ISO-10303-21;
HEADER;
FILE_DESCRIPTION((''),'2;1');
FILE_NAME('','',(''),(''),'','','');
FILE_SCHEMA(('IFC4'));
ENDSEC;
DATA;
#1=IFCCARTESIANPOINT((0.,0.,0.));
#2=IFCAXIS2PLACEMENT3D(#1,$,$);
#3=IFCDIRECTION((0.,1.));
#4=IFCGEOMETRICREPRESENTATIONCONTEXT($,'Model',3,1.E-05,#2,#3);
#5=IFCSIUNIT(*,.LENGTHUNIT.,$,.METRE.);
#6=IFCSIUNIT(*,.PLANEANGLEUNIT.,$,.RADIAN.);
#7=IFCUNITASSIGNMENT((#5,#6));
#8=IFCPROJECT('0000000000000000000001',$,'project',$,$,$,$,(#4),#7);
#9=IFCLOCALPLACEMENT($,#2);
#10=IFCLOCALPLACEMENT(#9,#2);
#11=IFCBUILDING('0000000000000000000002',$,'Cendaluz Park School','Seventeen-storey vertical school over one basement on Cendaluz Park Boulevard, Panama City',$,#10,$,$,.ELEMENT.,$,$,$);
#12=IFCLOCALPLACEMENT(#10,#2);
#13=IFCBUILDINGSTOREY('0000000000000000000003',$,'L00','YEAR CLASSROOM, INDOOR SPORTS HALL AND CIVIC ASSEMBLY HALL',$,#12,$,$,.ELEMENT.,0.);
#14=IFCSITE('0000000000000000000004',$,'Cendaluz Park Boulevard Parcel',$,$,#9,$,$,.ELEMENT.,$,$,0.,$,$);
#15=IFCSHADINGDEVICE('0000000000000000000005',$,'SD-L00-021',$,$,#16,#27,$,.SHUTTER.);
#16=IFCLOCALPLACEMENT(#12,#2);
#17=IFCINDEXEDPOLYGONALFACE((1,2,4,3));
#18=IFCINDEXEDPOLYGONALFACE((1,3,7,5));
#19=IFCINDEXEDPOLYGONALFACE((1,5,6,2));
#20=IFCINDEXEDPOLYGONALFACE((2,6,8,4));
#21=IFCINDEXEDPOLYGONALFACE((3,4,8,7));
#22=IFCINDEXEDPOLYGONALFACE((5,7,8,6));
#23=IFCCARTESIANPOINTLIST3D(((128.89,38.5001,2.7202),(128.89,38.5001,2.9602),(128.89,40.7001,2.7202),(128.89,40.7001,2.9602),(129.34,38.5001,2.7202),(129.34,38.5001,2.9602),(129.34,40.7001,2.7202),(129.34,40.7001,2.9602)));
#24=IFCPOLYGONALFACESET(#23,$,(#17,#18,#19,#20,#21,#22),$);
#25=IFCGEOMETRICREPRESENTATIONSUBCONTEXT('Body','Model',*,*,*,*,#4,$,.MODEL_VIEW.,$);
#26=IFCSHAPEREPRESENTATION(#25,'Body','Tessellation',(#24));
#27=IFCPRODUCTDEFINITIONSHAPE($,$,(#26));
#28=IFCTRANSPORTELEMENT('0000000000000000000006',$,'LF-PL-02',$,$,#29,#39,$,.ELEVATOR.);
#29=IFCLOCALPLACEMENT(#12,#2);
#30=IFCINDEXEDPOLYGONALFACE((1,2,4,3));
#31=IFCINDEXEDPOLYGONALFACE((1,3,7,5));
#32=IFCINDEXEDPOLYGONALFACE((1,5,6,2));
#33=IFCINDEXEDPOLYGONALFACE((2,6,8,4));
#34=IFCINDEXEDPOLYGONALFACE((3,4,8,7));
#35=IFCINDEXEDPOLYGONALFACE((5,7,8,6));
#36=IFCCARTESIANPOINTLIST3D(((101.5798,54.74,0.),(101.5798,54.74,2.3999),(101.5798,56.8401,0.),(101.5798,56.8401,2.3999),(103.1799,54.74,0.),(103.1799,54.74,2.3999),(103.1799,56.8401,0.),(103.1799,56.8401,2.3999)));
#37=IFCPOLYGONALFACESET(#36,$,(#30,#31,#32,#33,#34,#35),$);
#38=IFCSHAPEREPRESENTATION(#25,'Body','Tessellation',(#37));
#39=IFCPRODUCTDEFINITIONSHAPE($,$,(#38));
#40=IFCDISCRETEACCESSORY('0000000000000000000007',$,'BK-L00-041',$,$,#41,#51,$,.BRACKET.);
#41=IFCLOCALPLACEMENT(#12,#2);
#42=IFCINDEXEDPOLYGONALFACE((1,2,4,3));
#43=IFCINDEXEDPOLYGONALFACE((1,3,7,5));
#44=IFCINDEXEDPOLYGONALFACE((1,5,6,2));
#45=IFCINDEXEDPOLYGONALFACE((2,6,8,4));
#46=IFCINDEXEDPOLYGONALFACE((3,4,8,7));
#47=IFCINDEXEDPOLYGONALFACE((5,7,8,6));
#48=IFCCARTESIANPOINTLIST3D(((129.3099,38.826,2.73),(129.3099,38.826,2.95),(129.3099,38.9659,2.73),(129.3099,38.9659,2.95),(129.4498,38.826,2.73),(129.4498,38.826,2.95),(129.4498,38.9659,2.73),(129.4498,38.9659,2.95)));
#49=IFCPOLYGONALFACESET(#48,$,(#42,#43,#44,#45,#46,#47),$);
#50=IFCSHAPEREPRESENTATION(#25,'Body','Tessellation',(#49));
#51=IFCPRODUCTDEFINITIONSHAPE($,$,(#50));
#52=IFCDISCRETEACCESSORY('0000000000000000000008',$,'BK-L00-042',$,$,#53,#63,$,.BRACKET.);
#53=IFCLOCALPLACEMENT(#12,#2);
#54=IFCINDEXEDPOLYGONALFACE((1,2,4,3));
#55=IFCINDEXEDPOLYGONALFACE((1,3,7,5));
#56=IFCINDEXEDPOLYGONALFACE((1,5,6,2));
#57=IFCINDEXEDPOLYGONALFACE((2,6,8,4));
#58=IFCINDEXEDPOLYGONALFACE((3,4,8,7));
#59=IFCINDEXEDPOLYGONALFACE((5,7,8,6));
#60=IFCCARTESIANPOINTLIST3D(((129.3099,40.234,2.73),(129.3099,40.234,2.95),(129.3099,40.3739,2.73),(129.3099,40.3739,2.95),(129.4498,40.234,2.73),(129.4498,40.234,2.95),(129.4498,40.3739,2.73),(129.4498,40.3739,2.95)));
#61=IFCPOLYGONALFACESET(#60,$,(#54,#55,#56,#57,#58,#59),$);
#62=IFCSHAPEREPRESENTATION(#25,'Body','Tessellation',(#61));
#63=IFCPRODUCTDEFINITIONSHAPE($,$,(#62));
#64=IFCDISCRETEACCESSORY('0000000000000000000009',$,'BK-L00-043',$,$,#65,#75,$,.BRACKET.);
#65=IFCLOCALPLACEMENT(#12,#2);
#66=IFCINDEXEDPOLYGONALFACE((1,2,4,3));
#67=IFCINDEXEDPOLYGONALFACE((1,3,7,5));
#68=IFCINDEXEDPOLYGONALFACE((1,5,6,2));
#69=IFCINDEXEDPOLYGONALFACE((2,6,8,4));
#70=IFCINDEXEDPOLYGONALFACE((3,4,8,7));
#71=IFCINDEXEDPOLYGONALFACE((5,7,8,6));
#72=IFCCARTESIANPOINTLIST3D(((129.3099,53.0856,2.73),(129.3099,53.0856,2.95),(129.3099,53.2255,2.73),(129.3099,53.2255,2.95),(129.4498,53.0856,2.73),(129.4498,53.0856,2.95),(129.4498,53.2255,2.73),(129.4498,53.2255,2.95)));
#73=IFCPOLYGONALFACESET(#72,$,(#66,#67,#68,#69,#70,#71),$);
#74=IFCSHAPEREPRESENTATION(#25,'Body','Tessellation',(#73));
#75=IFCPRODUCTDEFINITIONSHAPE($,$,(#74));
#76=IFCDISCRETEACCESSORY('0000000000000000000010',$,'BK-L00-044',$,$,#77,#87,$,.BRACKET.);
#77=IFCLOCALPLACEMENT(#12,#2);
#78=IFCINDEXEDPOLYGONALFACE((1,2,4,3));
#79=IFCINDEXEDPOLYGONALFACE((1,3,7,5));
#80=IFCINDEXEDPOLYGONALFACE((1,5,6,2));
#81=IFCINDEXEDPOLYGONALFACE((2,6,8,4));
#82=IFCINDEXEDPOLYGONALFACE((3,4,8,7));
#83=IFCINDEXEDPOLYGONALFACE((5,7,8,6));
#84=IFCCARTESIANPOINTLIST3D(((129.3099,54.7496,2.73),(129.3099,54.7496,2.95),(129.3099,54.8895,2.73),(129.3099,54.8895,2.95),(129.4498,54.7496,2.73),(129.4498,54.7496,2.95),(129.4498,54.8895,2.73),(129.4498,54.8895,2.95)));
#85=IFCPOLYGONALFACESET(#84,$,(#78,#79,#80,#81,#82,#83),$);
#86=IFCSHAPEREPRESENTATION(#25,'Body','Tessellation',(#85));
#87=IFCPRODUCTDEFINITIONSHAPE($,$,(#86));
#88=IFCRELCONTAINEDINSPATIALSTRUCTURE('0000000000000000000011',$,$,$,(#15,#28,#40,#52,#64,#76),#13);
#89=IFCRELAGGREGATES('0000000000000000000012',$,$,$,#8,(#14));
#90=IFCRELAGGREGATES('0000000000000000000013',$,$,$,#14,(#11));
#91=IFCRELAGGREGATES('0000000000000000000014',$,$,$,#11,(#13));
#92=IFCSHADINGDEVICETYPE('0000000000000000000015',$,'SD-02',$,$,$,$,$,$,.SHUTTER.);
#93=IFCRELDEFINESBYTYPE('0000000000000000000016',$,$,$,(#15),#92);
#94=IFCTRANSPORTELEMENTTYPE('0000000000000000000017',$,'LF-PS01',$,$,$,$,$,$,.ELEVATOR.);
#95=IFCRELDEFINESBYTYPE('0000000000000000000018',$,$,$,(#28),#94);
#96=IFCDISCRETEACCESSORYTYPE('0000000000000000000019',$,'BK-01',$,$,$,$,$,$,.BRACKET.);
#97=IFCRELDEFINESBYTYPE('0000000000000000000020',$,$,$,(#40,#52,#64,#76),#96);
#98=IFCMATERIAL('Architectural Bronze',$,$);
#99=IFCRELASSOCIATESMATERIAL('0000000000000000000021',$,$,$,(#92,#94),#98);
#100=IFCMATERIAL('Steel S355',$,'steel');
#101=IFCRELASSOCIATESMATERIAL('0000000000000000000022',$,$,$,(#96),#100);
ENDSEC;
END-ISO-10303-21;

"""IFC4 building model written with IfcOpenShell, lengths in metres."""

from ifc_helpers import new_model, si_unit, direction, frame, origin, origin_2d, place, context, subcontext, project, spatial, rectangle, extrude, material, type_object, element, save


model = new_model("IFC4")

# Units and contexts
model_context = context("Model", 3, precision=1e-05, world=origin(), true_north=direction((0.0, 1.0)))
body_context = subcontext(model_context, "Body", "Model", "MODEL_VIEW")
ifc_project = project(units=[si_unit("LENGTHUNIT", "METRE"), si_unit("PLANEANGLEUNIT", "RADIAN")], contexts=[model_context])

# Site, building, storey
site_placement = place(None, origin())
site = spatial("IfcSite", under=ifc_project, at=site_placement, Name="Cendaluz Park Boulevard Parcel", CompositionType="ELEMENT", RefElevation=0.0)
building_placement = place(site_placement, origin())
building = spatial("IfcBuilding", under=site, at=building_placement, Name="Cendaluz Park School", Description="Seventeen-storey vertical school over one basement on Cendaluz Park Boulevard, Panama City", CompositionType="ELEMENT")
storey_placement = place(building_placement, origin())
storey = spatial("IfcBuildingStorey", under=building, at=storey_placement, Name="L00", Description="YEAR CLASSROOM, INDOOR SPORTS HALL AND CIVIC ASSEMBLY HALL", CompositionType="ELEMENT", Elevation=0.0)

# Shared definitions
ifc_material_1 = material(Name="Architectural Bronze")

# Shading device
shading_device_type_1 = type_object("IfcShadingDeviceType", Name="SD-02", PredefinedType="SHUTTER", material=ifc_material_1)
shading_device_1_placement = place(storey_placement, frame((129.115, 39.6001, 2.7202), z_axis=(0.0, 0.0, 1.0), x_axis=(0.0, 1.0, 0.0)))
element("IfcShadingDevice", 1, at=shading_device_1_placement, inside=storey, type_object=shading_device_type_1, Name="SD-L00-021", PredefinedType="SHUTTER", context=body_context, shape_type="SweptSolid", body=[
    extrude(rectangle(XDim=2.2, YDim=0.45, at=origin_2d()), origin(), (0.0, 0.0, 1.0), 0.24),
])

# Transport element
transport_element_type = type_object("IfcTransportElementType", Name="LF-PS01", PredefinedType="ELEVATOR", material=ifc_material_1)
transport_element_placement = place(storey_placement, frame((102.3799, 55.79, 0.0), z_axis=(0.0, 0.0, 1.0), x_axis=(1.0, 0.0, 0.0)))
element("IfcTransportElement", 2, at=transport_element_placement, inside=storey, type_object=transport_element_type, Name="LF-PL-02", PredefinedType="ELEVATOR", context=body_context, shape_type="SweptSolid", body=[
    extrude(rectangle(XDim=1.6001, YDim=2.1001, at=origin_2d()), origin(), (0.0, 0.0, 1.0), 2.3999),
])

# Discrete accessories
ifc_material_2 = material(Name="Steel S355", Category="steel")
discrete_accessory_type = type_object("IfcDiscreteAccessoryType", Name="BK-01", PredefinedType="BRACKET", material=ifc_material_2)
for number, where, z_axis, x_axis, name in (
    (3, (129.3799, 38.896, 2.73), (0.0, 0.0, 1.0), (0.0, 1.0, 0.0), "BK-L00-041"),
    (4, (129.3799, 40.304, 2.73), (0.0, 0.0, 1.0), (0.0, 1.0, 0.0), "BK-L00-042"),
    (5, (129.3799, 53.1555, 2.73), (0.0, 0.0, 1.0), (0.0, 1.0, 0.0), "BK-L00-043"),
    (6, (129.3799, 54.8196, 2.73), (0.0, 0.0, 1.0), (0.0, 1.0, 0.0), "BK-L00-044"),
):
    element("IfcDiscreteAccessory", number, at=place(storey_placement, frame(where, z_axis=z_axis, x_axis=x_axis)), inside=storey, type_object=discrete_accessory_type, Name=name, PredefinedType="BRACKET", context=body_context, shape_type="SweptSolid", body=[
        extrude(rectangle(XDim=0.1399, YDim=0.1399, at=origin_2d()), origin(), (0.0, 0.0, 1.0), 0.22),
    ])

save(model, "model.ifc")
